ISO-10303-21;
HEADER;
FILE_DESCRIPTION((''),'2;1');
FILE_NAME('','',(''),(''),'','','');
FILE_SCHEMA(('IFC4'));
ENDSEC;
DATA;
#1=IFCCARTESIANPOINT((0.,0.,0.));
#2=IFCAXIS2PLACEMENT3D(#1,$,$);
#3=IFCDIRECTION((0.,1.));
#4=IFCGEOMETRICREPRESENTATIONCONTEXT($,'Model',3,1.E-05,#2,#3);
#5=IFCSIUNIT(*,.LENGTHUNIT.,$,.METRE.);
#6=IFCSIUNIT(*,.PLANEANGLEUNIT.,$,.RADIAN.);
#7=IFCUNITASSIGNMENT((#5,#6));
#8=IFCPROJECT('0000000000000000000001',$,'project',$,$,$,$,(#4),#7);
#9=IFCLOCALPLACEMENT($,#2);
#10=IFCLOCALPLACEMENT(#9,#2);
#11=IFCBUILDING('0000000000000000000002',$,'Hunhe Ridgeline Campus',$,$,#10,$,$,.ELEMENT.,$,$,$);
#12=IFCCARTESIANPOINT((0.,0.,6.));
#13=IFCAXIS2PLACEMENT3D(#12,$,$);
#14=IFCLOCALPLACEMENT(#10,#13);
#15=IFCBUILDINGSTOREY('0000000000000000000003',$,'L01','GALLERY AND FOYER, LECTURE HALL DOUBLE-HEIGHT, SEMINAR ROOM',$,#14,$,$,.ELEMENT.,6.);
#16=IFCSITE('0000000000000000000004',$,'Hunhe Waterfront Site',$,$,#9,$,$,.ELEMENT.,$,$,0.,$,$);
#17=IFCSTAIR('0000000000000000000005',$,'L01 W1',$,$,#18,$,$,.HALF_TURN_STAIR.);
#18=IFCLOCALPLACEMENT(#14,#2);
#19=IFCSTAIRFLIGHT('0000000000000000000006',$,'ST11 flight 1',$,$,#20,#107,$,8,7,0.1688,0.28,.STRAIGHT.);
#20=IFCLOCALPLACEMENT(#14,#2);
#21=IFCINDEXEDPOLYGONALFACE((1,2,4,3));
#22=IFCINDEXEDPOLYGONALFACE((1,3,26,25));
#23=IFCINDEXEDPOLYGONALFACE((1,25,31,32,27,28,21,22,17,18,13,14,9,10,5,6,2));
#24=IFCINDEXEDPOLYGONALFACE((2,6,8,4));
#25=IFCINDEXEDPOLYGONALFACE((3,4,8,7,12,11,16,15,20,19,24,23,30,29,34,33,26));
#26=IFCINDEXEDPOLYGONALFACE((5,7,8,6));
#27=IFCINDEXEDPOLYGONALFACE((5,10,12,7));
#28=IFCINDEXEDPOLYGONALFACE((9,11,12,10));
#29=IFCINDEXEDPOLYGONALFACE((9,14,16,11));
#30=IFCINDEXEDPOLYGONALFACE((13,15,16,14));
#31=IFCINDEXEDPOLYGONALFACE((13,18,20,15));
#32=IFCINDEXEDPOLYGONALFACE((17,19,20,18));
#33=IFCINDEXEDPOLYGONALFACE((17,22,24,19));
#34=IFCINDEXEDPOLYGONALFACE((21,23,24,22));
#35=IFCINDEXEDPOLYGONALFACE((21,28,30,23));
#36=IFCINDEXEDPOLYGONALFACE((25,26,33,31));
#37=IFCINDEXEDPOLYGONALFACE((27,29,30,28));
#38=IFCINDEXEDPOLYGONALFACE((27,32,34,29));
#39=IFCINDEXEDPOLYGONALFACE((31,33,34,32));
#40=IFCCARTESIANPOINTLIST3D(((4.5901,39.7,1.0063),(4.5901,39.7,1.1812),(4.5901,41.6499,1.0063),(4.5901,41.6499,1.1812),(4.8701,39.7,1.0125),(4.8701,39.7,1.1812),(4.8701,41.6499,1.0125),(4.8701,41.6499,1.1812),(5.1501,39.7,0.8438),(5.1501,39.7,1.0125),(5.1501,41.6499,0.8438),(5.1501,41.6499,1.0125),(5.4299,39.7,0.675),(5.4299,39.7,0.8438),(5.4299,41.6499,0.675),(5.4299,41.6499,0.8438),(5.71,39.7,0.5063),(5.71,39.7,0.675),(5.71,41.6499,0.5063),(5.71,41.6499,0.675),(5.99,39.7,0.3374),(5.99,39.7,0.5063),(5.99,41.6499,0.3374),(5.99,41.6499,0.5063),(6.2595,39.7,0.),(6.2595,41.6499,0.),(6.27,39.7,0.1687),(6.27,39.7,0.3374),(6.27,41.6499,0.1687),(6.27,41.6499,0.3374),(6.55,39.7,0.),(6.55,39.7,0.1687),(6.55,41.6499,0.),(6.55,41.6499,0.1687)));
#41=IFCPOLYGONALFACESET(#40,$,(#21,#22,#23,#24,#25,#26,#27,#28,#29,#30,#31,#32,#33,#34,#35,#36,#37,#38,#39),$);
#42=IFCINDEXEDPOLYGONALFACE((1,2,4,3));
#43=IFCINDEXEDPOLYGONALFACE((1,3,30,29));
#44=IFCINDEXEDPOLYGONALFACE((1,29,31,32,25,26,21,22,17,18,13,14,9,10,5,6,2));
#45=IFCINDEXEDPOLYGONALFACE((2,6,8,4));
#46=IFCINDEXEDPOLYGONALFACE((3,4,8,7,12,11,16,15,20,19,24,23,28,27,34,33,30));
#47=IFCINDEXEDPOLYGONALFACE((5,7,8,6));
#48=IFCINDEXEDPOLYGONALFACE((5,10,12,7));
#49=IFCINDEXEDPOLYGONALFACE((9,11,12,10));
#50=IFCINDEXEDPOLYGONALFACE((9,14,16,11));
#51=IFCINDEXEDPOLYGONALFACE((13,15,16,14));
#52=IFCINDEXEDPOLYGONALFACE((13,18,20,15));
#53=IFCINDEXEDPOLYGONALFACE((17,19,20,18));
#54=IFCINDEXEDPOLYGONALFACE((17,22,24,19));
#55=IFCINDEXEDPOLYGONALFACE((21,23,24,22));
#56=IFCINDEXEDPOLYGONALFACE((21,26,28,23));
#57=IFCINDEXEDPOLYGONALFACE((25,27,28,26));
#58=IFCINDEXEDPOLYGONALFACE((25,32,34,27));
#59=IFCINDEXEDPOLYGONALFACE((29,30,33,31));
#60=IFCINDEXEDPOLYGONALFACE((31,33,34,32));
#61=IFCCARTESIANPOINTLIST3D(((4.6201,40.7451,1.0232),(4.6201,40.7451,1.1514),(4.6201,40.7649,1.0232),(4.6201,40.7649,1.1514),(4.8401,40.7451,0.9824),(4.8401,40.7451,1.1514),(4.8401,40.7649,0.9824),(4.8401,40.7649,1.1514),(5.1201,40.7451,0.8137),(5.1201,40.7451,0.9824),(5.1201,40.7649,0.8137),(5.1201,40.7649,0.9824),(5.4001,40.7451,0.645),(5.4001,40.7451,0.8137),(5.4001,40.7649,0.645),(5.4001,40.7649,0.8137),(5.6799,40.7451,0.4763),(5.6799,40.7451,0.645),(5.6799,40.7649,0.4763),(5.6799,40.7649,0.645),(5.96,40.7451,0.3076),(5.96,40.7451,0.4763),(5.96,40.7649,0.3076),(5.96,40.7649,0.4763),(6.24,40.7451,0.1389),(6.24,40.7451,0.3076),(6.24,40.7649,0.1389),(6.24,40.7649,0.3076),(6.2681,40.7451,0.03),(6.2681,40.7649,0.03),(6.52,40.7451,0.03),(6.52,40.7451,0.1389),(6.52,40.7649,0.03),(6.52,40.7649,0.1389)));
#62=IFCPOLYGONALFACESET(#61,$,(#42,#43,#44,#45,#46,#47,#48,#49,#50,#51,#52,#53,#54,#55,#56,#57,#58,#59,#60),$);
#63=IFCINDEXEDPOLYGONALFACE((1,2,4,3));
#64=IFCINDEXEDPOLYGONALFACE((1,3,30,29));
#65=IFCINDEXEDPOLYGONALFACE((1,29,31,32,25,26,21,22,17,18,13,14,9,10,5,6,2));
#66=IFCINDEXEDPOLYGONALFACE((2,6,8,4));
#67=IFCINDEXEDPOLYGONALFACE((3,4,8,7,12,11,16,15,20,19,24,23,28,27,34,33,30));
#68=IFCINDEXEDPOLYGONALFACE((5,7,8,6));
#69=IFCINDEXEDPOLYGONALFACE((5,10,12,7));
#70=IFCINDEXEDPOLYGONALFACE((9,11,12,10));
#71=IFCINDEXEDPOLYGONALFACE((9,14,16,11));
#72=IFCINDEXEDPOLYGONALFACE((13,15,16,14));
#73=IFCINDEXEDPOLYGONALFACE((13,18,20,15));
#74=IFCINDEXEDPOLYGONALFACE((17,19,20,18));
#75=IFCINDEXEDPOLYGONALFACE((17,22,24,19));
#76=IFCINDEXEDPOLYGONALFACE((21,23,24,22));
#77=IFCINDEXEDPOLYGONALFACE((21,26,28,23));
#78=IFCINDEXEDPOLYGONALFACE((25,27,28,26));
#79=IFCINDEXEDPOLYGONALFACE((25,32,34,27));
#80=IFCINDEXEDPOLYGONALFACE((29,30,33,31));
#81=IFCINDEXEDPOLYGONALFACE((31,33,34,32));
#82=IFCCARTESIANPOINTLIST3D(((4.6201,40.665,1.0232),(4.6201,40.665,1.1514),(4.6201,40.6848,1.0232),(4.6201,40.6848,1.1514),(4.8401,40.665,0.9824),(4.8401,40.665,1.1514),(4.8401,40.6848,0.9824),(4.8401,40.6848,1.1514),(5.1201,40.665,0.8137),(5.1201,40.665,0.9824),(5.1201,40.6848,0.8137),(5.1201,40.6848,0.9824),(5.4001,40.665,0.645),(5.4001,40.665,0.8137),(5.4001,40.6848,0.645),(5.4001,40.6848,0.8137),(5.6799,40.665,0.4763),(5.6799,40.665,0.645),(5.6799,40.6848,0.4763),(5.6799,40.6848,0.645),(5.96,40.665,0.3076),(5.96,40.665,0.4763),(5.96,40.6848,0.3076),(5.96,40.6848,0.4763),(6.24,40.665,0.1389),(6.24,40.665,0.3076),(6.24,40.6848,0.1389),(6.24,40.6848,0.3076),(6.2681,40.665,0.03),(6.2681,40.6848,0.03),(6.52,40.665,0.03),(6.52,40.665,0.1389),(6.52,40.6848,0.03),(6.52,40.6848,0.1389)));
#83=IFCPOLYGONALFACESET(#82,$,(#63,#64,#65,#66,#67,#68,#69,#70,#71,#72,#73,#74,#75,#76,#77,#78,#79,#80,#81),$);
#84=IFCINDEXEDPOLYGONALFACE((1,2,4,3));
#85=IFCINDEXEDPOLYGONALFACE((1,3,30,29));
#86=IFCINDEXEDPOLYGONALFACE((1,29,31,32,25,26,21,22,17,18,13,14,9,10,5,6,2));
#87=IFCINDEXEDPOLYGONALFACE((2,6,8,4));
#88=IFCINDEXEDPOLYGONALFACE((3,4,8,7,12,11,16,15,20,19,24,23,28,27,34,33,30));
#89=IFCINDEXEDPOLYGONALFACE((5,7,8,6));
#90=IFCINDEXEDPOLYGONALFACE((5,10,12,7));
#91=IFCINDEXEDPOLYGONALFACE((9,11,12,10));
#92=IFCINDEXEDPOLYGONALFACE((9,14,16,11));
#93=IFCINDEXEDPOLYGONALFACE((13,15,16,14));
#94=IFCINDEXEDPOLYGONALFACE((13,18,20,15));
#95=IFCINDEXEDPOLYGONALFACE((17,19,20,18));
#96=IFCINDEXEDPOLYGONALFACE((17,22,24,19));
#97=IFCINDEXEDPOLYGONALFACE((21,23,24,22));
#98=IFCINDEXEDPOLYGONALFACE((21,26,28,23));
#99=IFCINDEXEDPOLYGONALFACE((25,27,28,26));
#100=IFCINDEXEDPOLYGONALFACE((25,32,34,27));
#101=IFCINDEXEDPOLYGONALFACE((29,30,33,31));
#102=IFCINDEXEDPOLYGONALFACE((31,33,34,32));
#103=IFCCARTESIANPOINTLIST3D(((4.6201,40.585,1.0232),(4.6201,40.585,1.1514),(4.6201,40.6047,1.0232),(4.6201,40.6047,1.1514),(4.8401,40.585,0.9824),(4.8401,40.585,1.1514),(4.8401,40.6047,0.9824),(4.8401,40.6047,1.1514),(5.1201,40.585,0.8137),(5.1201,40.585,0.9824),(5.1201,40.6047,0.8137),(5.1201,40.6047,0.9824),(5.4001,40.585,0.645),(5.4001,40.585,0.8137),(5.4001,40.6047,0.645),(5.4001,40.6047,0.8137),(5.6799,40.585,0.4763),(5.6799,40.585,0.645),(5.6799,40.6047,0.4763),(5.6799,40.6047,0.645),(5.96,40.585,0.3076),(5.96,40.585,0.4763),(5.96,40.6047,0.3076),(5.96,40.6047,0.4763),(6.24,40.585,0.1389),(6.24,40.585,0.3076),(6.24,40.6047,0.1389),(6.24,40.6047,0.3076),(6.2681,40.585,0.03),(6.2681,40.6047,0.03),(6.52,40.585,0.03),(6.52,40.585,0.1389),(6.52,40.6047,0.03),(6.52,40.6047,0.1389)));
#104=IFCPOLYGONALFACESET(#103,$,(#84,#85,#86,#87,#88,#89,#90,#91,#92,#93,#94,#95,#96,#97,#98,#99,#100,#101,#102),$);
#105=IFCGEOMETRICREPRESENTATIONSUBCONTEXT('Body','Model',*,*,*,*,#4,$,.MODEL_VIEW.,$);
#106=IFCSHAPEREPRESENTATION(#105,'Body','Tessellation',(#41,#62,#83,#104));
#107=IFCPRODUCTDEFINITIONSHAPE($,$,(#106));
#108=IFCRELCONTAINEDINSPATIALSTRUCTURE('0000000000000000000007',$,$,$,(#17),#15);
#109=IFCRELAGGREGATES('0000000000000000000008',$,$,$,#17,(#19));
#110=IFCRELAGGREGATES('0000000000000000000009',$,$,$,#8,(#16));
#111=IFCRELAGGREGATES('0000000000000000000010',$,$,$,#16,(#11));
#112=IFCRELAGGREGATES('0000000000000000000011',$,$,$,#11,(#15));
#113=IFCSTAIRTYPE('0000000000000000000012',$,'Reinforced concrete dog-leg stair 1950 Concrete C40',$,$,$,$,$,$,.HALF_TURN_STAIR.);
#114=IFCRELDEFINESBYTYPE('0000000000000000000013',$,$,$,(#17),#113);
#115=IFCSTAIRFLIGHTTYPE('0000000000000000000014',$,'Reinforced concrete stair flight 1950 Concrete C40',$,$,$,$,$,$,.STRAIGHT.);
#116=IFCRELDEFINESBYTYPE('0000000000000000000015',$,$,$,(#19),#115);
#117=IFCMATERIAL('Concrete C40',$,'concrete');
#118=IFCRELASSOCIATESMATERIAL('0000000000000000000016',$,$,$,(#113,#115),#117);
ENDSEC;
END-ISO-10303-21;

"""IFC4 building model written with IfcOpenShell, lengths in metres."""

from ifc_helpers import new_model, si_unit, direction, frame, origin, place, context, subcontext, project, spatial, polyline, outline, extrude, material, type_object, element, aggregate, save


model = new_model("IFC4")

# Units and contexts
model_context = context("Model", 3, precision=1e-05, world=origin(), true_north=direction((0.0, 1.0)))
body_context = subcontext(model_context, "Body", "Model", "MODEL_VIEW")
ifc_project = project(units=[si_unit("LENGTHUNIT", "METRE"), si_unit("PLANEANGLEUNIT", "RADIAN")], contexts=[model_context])

# Site, building, storey
site_placement = place(None, origin())
site = spatial("IfcSite", under=ifc_project, at=site_placement, Name="Hunhe Waterfront Site", CompositionType="ELEMENT", RefElevation=0.0)
building_placement = place(site_placement, origin())
building = spatial("IfcBuilding", under=site, at=building_placement, Name="Hunhe Ridgeline Campus", CompositionType="ELEMENT")
storey_placement = place(building_placement, frame((0.0, 0.0, 6.0)))
storey = spatial("IfcBuildingStorey", under=building, at=storey_placement, Name="L01", Description="GALLERY AND FOYER, LECTURE HALL DOUBLE-HEIGHT, SEMINAR ROOM", CompositionType="ELEMENT", Elevation=6.0)

# Stair, stair flight
ifc_material_1 = material(Name="Concrete C40", Category="concrete")
stair_type = type_object("IfcStairType", Name="Reinforced concrete dog-leg stair 1950 Concrete C40", PredefinedType="HALF_TURN_STAIR", material=ifc_material_1)
stair_placement = place(storey_placement, origin())
stair = element("IfcStair", 1, at=stair_placement, inside=storey, type_object=stair_type, Name="L01 W1", PredefinedType="HALF_TURN_STAIR")
stair_flight_type = type_object("IfcStairFlightType", Name="Reinforced concrete stair flight 1950 Concrete C40", PredefinedType="STRAIGHT", material=ifc_material_1)
stair_flight_1_placement = place(storey_placement, frame((6.55, 40.675, 0.0), z_axis=(0.0, 0.0, 1.0), x_axis=(-1.0, 0.0, 0.0)))
stair_flight_1 = element("IfcStairFlight", 2, at=stair_flight_1_placement, type_object=stair_flight_type, Name="ST11 flight 1", NumberOfRisers=8, NumberOfTreads=7, PredefinedType="STRAIGHT", RiserHeight=0.1688, TreadLength=0.28, context=body_context, shape_type="SweptSolid", body=[
    extrude(outline(polyline([(0.0, 0.0), (0.0, 0.1687), (0.28, 0.1687), (0.28, 0.3374), (0.5601, 0.3374), (0.5601, 0.5063), (0.8401, 0.5063), (0.8401, 0.675), (1.1201, 0.675), (1.1201, 0.8438), (1.3999, 0.8438), (1.3999, 1.0125), (1.6799, 1.0125), (1.6799, 1.1812), (1.96, 1.1812), (1.96, 1.3501), (1.96, 1.0063), (0.2905, 0.0), (0.0, 0.0)])), frame((0.0, 0.9751, 0.0), z_axis=(0.0, -1.0, 0.0), x_axis=(1.0, 0.0, 0.0)), (0.0, 0.0, 1.0), 1.95),
    extrude(outline(polyline([(0.03, 0.03), (0.03, 0.1389), (0.3101, 0.1389), (0.3101, 0.3076), (0.5901, 0.3076), (0.5901, 0.4763), (0.8701, 0.4763), (0.8701, 0.645), (1.1499, 0.645), (1.1499, 0.8137), (1.4299, 0.8137), (1.4299, 0.9824), (1.71, 0.9824), (1.71, 1.1514), (1.9299, 1.1514), (1.9299, 1.0232), (0.282, 0.03), (0.03, 0.03)])), frame((0.0, -0.0701, 0.0), z_axis=(0.0, -1.0, 0.0), x_axis=(1.0, 0.0, 0.0)), (0.0, 0.0, 1.0), 0.0198),
    extrude(outline(polyline([(0.03, 0.03), (0.03, 0.1389), (0.3101, 0.1389), (0.3101, 0.3076), (0.5901, 0.3076), (0.5901, 0.4763), (0.8701, 0.4763), (0.8701, 0.645), (1.1499, 0.645), (1.1499, 0.8137), (1.4299, 0.8137), (1.4299, 0.9824), (1.71, 0.9824), (1.71, 1.1514), (1.9299, 1.1514), (1.9299, 1.0232), (0.282, 0.03), (0.03, 0.03)])), frame((0.0, 0.01, 0.0), z_axis=(0.0, -1.0, 0.0), x_axis=(1.0, 0.0, 0.0)), (0.0, 0.0, 1.0), 0.0198),
    extrude(outline(polyline([(0.03, 0.03), (0.03, 0.1389), (0.3101, 0.1389), (0.3101, 0.3076), (0.5901, 0.3076), (0.5901, 0.4763), (0.8701, 0.4763), (0.8701, 0.645), (1.1499, 0.645), (1.1499, 0.8137), (1.4299, 0.8137), (1.4299, 0.9824), (1.71, 0.9824), (1.71, 1.1514), (1.9299, 1.1514), (1.9299, 1.0232), (0.282, 0.03), (0.03, 0.03)])), frame((0.0, 0.0901, 0.0), z_axis=(0.0, -1.0, 0.0), x_axis=(1.0, 0.0, 0.0)), (0.0, 0.0, 1.0), 0.0198),
])
aggregate(stair, [stair_flight_1])

save(model, "model.ifc")
